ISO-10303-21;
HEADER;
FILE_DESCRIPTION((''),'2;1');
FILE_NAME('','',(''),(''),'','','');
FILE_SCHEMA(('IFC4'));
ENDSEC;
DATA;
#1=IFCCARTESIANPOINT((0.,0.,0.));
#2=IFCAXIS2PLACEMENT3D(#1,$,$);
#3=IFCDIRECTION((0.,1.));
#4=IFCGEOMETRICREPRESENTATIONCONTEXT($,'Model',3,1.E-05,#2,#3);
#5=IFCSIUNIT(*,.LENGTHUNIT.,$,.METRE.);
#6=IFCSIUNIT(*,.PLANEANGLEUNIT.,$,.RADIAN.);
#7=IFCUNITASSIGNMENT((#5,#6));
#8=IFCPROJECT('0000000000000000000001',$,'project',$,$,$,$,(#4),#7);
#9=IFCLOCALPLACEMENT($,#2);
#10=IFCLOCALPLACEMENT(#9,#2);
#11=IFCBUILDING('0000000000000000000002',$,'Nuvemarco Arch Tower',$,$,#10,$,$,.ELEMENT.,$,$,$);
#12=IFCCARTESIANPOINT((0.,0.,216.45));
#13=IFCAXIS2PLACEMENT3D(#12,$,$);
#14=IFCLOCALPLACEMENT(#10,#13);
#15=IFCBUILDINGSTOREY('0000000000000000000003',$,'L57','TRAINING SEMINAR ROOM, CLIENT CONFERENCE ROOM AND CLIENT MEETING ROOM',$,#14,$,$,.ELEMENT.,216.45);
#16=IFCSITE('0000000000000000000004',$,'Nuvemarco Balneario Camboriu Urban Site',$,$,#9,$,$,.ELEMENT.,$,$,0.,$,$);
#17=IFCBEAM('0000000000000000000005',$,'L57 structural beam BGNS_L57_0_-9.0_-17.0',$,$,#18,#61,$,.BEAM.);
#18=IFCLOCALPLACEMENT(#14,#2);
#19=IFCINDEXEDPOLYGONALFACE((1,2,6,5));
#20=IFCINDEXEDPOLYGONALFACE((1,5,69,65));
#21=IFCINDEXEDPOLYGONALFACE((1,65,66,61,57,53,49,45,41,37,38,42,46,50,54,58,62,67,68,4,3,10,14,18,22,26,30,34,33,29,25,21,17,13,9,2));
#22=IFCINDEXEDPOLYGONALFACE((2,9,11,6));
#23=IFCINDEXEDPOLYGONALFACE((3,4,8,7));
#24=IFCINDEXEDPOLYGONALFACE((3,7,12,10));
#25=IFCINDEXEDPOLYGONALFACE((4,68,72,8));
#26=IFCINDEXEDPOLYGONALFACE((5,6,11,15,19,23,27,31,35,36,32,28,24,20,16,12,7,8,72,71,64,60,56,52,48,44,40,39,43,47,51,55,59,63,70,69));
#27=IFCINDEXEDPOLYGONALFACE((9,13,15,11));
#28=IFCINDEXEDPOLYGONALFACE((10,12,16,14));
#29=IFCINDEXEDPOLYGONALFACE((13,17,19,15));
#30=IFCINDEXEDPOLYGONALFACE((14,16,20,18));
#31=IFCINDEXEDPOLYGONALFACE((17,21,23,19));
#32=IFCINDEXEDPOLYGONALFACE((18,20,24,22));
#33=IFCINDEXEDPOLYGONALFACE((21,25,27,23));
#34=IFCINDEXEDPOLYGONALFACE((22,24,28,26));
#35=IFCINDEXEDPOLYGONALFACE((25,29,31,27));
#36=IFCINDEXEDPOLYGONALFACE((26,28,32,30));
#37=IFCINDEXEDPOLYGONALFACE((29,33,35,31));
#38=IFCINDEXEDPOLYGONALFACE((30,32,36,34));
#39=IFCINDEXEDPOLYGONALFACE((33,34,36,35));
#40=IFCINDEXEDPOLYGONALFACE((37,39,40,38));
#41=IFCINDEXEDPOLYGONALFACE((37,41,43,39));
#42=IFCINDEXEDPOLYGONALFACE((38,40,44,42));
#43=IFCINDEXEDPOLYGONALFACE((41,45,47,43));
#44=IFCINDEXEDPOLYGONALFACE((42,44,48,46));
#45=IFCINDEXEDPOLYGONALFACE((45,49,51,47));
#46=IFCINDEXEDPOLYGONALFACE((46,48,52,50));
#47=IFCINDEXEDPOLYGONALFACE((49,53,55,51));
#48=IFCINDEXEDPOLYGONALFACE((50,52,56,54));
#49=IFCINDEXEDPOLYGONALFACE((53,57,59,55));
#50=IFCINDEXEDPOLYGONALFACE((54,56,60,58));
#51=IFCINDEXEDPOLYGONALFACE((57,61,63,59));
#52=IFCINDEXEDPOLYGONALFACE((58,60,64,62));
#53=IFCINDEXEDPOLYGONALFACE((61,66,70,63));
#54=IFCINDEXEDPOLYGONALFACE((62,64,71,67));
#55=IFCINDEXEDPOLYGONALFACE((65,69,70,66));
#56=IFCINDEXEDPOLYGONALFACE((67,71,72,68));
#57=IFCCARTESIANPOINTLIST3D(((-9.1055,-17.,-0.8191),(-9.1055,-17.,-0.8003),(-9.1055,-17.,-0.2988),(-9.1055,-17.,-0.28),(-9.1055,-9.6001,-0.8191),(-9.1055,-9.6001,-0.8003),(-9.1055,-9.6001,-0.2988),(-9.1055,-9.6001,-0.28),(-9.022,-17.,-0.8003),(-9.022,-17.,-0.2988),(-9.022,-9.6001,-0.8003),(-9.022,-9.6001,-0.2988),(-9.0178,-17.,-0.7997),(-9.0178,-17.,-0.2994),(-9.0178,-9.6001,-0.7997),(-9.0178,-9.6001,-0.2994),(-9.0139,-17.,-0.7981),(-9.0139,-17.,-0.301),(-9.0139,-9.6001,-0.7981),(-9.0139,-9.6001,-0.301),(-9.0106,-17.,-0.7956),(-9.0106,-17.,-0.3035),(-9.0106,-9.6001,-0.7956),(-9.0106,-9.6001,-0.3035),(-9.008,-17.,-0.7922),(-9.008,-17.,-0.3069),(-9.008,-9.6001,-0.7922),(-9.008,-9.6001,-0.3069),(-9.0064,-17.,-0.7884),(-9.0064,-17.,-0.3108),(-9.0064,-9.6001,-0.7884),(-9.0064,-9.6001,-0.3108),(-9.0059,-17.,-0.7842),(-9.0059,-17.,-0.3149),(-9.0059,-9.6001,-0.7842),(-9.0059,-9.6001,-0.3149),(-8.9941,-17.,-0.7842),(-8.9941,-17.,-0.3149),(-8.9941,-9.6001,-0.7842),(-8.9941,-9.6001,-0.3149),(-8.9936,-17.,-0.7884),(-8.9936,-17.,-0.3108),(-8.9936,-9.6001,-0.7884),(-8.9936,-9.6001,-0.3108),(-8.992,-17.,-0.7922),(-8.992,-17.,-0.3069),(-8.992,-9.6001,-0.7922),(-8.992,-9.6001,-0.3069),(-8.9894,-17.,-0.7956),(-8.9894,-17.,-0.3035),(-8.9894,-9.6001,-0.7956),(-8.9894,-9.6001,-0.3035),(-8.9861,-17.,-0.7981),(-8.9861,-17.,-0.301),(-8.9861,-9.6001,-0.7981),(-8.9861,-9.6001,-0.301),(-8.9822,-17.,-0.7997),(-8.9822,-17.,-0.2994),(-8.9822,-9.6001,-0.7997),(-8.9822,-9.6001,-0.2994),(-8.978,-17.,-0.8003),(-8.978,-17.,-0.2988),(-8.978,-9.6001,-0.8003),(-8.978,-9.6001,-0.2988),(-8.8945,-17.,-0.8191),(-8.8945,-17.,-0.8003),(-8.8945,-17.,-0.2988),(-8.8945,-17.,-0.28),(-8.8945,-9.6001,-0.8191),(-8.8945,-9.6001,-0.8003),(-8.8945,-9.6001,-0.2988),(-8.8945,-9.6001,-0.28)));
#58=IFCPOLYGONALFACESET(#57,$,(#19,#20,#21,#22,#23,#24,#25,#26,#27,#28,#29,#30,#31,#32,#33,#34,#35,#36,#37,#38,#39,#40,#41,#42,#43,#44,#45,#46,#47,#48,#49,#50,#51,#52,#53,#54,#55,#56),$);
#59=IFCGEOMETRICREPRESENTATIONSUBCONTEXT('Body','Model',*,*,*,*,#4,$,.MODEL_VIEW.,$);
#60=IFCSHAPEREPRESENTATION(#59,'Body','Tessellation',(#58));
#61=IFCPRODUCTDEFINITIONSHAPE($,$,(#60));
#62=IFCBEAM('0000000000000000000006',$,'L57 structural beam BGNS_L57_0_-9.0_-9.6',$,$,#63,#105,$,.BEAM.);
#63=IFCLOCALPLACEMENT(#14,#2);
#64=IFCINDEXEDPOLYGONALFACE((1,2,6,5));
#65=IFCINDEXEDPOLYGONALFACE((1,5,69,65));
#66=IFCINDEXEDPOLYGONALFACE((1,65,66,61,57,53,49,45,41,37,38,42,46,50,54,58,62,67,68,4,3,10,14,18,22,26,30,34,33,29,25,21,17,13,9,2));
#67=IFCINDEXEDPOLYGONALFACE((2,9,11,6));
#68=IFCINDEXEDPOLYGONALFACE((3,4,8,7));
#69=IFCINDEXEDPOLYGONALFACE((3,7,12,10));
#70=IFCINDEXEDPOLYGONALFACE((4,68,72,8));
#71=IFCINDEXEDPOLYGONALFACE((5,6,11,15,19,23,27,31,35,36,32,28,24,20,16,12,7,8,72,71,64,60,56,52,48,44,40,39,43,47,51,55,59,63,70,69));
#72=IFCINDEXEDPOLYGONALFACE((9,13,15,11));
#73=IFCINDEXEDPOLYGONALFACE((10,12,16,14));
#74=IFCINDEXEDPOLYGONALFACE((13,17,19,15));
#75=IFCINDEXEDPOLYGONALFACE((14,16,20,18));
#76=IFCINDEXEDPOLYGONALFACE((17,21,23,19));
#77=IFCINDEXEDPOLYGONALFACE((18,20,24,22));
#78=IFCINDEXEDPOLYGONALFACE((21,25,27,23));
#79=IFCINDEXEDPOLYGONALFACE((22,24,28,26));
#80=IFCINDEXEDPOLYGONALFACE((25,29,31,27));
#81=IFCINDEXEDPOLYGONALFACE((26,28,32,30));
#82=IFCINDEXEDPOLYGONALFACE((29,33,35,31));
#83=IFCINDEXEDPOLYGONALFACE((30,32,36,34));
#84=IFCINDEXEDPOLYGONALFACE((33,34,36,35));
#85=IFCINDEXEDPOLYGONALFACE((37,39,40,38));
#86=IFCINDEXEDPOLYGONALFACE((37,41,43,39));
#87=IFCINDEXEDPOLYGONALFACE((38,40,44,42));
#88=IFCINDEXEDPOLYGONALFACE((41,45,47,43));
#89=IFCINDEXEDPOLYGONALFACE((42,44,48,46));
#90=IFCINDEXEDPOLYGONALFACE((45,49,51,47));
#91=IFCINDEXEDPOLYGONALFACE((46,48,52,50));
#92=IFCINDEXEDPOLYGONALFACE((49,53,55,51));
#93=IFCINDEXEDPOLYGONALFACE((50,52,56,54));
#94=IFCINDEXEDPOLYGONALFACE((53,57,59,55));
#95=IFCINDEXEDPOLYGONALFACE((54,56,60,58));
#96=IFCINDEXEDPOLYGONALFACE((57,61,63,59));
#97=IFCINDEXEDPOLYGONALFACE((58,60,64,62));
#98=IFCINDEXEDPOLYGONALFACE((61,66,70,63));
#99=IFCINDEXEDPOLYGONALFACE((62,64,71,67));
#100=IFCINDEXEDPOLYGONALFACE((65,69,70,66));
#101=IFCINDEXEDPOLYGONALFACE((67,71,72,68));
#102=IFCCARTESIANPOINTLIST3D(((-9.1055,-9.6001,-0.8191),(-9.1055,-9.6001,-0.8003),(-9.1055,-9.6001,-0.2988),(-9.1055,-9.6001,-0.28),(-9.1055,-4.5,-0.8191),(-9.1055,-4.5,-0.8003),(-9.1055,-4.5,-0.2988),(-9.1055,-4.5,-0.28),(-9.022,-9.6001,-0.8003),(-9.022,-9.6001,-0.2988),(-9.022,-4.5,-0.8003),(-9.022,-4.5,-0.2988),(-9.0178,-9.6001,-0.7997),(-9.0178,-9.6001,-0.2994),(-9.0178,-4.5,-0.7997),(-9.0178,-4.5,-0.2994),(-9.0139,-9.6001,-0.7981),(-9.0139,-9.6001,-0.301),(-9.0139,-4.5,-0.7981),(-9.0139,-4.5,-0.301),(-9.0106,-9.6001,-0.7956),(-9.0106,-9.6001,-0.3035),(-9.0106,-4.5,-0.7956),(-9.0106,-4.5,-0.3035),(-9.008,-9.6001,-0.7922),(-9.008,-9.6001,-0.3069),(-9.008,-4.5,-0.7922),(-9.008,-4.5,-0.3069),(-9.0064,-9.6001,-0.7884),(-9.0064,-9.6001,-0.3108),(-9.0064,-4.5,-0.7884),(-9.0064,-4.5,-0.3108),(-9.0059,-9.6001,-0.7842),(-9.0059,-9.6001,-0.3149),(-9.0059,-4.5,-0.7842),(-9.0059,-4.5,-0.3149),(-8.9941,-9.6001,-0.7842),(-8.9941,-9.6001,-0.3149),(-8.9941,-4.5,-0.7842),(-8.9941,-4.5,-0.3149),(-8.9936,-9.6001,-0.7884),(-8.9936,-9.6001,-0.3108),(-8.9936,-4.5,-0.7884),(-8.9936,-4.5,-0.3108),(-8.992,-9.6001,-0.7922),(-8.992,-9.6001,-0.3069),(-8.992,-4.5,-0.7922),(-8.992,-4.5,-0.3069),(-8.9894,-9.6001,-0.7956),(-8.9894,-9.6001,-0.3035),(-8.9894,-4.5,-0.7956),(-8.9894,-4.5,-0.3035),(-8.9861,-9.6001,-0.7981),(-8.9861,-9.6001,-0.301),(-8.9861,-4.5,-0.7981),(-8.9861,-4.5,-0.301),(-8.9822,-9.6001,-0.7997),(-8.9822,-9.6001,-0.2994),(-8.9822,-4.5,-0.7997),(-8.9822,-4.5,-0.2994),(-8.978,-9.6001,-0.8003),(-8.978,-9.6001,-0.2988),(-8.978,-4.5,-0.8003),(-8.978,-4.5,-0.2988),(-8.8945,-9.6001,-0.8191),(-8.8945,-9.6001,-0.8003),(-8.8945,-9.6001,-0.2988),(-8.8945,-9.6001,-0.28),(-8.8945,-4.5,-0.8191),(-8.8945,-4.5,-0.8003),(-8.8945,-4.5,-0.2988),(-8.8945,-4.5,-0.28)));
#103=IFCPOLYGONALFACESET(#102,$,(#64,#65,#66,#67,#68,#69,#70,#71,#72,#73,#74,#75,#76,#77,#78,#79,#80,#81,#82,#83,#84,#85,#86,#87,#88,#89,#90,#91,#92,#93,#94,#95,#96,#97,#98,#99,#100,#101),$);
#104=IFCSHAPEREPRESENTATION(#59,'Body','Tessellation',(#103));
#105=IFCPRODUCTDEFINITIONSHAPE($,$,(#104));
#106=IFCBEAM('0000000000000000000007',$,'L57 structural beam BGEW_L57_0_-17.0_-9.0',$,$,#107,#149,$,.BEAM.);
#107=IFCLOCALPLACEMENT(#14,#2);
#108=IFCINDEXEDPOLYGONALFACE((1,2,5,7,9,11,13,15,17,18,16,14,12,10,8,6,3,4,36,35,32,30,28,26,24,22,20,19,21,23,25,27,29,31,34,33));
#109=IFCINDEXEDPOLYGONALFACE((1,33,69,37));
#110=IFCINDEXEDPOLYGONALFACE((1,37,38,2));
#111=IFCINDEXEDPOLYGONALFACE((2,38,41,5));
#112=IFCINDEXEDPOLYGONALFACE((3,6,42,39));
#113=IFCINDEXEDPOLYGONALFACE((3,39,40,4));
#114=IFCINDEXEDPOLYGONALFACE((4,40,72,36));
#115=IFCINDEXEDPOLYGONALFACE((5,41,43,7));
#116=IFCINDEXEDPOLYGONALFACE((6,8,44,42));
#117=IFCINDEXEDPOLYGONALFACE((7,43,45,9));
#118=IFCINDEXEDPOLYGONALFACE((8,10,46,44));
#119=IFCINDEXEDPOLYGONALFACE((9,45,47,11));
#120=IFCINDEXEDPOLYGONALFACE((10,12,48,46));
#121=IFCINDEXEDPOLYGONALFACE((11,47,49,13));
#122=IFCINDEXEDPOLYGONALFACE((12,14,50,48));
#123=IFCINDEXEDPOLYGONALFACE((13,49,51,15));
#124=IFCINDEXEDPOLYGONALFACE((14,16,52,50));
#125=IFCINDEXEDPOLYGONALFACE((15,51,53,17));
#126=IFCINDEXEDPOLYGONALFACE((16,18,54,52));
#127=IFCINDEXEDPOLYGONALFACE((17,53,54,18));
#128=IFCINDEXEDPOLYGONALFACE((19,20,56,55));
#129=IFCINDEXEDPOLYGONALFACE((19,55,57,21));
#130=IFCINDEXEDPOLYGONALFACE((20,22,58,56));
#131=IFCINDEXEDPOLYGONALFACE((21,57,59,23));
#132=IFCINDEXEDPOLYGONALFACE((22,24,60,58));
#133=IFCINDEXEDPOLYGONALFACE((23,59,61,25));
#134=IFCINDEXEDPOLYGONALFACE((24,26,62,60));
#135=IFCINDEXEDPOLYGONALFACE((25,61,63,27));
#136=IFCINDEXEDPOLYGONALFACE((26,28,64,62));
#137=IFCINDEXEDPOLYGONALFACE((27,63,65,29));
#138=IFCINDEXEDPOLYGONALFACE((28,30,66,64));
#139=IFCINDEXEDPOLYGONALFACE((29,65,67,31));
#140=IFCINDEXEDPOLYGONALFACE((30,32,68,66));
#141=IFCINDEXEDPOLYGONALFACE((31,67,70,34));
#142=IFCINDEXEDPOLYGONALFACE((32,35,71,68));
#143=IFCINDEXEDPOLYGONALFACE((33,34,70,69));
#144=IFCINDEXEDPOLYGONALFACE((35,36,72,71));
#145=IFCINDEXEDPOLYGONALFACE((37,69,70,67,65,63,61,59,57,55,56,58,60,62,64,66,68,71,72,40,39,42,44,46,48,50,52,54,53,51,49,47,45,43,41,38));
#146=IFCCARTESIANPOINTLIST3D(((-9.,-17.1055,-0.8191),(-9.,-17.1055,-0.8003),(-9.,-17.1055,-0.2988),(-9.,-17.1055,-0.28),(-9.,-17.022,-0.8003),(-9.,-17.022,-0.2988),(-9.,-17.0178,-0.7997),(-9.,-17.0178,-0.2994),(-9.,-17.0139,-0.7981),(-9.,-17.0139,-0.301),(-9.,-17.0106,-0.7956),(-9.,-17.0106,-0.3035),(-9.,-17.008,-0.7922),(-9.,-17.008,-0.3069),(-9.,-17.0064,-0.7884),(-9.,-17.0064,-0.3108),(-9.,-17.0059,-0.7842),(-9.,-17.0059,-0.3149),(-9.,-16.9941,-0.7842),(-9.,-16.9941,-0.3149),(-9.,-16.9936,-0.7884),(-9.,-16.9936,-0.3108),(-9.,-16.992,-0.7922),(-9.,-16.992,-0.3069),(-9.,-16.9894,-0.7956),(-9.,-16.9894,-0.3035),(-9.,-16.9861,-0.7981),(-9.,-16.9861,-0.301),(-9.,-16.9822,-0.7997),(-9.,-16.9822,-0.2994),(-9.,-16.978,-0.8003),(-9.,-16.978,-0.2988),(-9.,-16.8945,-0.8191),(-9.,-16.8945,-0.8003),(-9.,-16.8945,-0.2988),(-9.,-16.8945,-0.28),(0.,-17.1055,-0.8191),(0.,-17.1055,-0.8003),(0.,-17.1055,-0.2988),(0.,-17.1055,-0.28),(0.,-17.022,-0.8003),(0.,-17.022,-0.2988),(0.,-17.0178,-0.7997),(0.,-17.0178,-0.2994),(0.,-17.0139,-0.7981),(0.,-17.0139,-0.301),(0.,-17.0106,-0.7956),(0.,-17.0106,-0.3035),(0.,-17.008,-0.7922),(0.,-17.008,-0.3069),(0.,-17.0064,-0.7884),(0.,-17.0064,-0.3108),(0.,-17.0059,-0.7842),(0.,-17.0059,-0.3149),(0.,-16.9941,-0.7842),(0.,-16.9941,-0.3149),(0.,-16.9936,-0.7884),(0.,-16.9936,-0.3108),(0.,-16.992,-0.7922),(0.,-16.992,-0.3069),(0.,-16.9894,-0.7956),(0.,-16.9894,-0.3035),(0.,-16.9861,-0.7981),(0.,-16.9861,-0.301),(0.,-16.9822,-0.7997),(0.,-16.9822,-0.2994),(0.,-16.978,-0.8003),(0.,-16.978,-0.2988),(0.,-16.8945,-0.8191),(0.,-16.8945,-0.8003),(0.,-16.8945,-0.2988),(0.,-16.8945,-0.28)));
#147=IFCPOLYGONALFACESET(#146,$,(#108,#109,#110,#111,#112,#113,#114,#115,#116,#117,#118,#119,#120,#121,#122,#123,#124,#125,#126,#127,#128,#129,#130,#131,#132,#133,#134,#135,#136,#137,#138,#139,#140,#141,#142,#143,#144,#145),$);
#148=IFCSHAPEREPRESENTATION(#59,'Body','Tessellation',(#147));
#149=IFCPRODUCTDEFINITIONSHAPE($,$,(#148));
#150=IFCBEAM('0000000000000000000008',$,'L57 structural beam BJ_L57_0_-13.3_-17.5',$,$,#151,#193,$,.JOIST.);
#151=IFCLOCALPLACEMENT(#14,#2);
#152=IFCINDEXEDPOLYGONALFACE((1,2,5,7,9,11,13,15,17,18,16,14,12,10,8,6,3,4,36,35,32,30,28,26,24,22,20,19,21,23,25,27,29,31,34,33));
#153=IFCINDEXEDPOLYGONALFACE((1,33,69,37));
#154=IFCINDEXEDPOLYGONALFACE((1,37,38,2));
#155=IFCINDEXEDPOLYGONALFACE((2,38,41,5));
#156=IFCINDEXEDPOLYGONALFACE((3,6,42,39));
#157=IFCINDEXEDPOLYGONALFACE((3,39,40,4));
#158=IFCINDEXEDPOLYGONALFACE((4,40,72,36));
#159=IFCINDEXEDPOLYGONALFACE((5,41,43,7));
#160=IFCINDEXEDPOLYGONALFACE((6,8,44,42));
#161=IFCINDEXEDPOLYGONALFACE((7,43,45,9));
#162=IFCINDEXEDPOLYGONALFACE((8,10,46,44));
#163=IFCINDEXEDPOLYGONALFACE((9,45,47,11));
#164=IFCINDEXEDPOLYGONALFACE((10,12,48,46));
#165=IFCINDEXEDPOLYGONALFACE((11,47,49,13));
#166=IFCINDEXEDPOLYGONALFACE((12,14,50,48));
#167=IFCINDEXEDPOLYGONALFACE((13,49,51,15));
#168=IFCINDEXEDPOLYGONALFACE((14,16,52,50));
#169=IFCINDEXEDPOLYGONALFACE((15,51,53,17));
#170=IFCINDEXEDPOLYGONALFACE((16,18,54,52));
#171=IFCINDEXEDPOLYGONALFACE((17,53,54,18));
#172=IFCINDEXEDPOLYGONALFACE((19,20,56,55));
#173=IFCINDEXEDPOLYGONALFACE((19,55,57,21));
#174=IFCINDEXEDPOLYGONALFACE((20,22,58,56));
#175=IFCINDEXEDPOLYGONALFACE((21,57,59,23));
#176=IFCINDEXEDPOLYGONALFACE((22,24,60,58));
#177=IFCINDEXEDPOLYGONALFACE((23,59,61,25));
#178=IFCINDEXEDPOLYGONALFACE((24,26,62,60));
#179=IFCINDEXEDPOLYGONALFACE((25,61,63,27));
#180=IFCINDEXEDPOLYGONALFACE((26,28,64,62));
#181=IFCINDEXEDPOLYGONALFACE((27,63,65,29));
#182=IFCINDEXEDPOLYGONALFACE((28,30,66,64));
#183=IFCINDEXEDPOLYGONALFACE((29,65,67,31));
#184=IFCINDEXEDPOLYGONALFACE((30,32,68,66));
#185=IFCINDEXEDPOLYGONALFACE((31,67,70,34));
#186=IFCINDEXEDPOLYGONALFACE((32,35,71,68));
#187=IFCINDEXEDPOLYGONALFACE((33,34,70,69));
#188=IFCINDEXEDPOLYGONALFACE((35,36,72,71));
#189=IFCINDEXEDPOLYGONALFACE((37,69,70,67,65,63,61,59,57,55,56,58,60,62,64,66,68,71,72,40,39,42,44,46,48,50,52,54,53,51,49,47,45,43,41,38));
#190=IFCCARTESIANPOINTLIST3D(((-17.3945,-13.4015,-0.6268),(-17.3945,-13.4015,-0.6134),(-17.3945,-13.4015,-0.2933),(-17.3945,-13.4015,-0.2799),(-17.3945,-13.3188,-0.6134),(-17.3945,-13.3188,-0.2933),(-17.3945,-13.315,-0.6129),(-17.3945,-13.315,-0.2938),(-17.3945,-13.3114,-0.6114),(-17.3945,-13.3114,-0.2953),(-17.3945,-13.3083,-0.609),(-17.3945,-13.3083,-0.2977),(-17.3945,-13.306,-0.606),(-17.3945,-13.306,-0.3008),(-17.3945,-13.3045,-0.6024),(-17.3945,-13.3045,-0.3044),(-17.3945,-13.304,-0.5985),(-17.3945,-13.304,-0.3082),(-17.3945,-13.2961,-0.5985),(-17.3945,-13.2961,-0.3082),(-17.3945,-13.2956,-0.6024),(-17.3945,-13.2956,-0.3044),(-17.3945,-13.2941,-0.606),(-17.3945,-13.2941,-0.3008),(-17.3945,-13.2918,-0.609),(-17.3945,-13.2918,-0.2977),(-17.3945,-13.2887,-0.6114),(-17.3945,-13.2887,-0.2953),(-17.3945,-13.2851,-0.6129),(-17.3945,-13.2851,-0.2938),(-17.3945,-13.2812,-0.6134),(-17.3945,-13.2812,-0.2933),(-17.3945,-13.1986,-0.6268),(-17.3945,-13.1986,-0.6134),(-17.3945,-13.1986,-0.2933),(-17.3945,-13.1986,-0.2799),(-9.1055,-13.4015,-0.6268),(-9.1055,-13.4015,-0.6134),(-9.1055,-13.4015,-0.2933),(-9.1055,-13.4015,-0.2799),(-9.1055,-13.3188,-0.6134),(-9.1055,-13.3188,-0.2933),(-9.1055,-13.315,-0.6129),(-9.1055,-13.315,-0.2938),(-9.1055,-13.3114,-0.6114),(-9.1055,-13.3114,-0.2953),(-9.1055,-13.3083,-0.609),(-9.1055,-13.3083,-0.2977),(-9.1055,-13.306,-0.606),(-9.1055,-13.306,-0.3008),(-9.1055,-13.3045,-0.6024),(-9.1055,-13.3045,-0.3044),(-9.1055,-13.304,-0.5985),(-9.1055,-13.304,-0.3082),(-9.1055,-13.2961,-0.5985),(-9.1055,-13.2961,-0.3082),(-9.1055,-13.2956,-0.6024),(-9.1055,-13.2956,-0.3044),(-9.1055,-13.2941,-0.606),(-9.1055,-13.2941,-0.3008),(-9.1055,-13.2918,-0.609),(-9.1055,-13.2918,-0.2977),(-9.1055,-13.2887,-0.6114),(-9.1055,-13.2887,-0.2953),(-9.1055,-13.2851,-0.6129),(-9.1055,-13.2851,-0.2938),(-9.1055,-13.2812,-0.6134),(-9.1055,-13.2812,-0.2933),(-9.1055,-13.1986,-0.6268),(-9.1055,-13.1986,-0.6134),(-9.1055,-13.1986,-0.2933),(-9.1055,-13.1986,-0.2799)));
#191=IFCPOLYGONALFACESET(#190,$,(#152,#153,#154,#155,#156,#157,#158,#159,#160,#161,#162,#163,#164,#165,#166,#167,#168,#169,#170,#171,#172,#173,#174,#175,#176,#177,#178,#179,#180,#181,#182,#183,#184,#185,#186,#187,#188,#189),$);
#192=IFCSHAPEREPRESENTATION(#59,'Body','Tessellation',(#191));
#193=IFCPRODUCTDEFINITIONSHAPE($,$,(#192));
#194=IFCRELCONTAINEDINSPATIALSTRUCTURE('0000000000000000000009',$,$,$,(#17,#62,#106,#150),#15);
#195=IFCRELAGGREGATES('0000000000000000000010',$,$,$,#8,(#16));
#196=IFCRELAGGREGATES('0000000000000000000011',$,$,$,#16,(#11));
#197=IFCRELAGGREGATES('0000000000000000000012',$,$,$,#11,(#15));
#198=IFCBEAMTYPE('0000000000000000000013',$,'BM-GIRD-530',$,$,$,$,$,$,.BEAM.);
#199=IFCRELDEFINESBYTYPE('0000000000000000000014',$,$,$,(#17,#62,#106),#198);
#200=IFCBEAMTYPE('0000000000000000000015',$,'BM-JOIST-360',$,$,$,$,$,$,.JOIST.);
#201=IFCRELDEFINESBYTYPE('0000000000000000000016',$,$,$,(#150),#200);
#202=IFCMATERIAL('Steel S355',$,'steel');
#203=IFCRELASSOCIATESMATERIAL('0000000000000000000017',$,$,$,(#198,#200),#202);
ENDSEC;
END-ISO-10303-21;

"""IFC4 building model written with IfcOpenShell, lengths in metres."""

from ifc_helpers import new_model, si_unit, direction, frame, origin, origin_2d, place, context, subcontext, project, spatial, i_section, extrude, material, material_profile, profile_set, type_object, element, save


model = new_model("IFC4")

# Units and contexts
model_context = context("Model", 3, precision=1e-05, world=origin(), true_north=direction((0.0, 1.0)))
body_context = subcontext(model_context, "Body", "Model", "MODEL_VIEW")
ifc_project = project(units=[si_unit("LENGTHUNIT", "METRE"), si_unit("PLANEANGLEUNIT", "RADIAN")], contexts=[model_context])

# Site, building, storey
site_placement = place(None, origin())
site = spatial("IfcSite", under=ifc_project, at=site_placement, Name="Nuvemarco Balneario Camboriu Urban Site", CompositionType="ELEMENT", RefElevation=0.0)
building_placement = place(site_placement, origin())
building = spatial("IfcBuilding", under=site, at=building_placement, Name="Nuvemarco Arch Tower", CompositionType="ELEMENT")
storey_placement = place(building_placement, frame((0.0, 0.0, 216.45)))
storey = spatial("IfcBuildingStorey", under=building, at=storey_placement, Name="L57", Description="TRAINING SEMINAR ROOM, CLIENT CONFERENCE ROOM AND CLIENT MEETING ROOM", CompositionType="ELEMENT", Elevation=216.45)

# Shared definitions
ifc_material_1 = material(Name="Steel S355", Category="steel")

# Beams
ifc_material_profile_1 = material_profile(ifc_material_1, i_section(OverallWidth=0.2109, OverallDepth=0.5391, WebThickness=0.0117, FlangeThickness=0.0188, FilletRadius=0.0161, at=origin_2d()), Name="W530x109")
ifc_profile_set_1 = profile_set([ifc_material_profile_1], Name="Steel S355")
beam_type_1 = type_object("IfcBeamType", Name="BM-GIRD-530", PredefinedType="BEAM", material=ifc_profile_set_1)
beam_1_placement = place(storey_placement, frame((-9.0, -17.0, -0.5496), z_axis=(0.0, 1.0, 0.0), x_axis=(-1.0, 0.0, 0.0)))
element("IfcBeam", 1, at=beam_1_placement, inside=storey, type_object=beam_type_1, Name="L57 structural beam BGNS_L57_0_-9.0_-17.0", PredefinedType="BEAM", context=body_context, shape_type="SweptSolid", body=[
    extrude(i_section(OverallWidth=0.2109, OverallDepth=0.5391, WebThickness=0.0117, FlangeThickness=0.0188, FilletRadius=0.0161, at=origin_2d()), origin(), (0.0, 0.0, 1.0), 7.3999),
])
beam_2_placement = place(storey_placement, frame((-9.0, -9.6001, -0.5496), z_axis=(0.0, 1.0, 0.0), x_axis=(-1.0, 0.0, 0.0)))
element("IfcBeam", 2, at=beam_2_placement, inside=storey, type_object=beam_type_1, Name="L57 structural beam BGNS_L57_0_-9.0_-9.6", PredefinedType="BEAM", context=body_context, shape_type="SweptSolid", body=[
    extrude(i_section(OverallWidth=0.2109, OverallDepth=0.5391, WebThickness=0.0117, FlangeThickness=0.0188, FilletRadius=0.0161, at=origin_2d()), origin(), (0.0, 0.0, 1.0), 5.1001),
])
beam_3_placement = place(storey_placement, frame((-9.0, -17.0, -0.5496), z_axis=(1.0, 0.0, 0.0), x_axis=(0.0, 1.0, 0.0)))
element("IfcBeam", 3, at=beam_3_placement, inside=storey, type_object=beam_type_1, Name="L57 structural beam BGEW_L57_0_-17.0_-9.0", PredefinedType="BEAM", context=body_context, shape_type="SweptSolid", body=[
    extrude(i_section(OverallWidth=0.2109, OverallDepth=0.5391, WebThickness=0.0117, FlangeThickness=0.0188, FilletRadius=0.0161, at=origin_2d()), origin(), (0.0, 0.0, 1.0), 9.0),
])
ifc_material_profile_2 = material_profile(ifc_material_1, i_section(OverallWidth=0.2029, OverallDepth=0.3469, WebThickness=0.0078, FlangeThickness=0.0134, FilletRadius=0.0149, at=origin_2d()), Name="W360x64")
ifc_profile_set_2 = profile_set([ifc_material_profile_2], Name="Steel S355")
beam_type_2 = type_object("IfcBeamType", Name="BM-JOIST-360", PredefinedType="JOIST", material=ifc_profile_set_2)
beam_4_placement = place(storey_placement, frame((-17.3945, -13.3, -0.4534), z_axis=(1.0, 0.0, 0.0), x_axis=(0.0, 1.0, 0.0)))
element("IfcBeam", 4, at=beam_4_placement, inside=storey, type_object=beam_type_2, Name="L57 structural beam BJ_L57_0_-13.3_-17.5", PredefinedType="JOIST", context=body_context, shape_type="SweptSolid", body=[
    extrude(i_section(OverallWidth=0.2029, OverallDepth=0.3469, WebThickness=0.0078, FlangeThickness=0.0134, FilletRadius=0.0149, at=origin_2d()), origin(), (0.0, 0.0, 1.0), 8.2891),
])

save(model, "model.ifc")
